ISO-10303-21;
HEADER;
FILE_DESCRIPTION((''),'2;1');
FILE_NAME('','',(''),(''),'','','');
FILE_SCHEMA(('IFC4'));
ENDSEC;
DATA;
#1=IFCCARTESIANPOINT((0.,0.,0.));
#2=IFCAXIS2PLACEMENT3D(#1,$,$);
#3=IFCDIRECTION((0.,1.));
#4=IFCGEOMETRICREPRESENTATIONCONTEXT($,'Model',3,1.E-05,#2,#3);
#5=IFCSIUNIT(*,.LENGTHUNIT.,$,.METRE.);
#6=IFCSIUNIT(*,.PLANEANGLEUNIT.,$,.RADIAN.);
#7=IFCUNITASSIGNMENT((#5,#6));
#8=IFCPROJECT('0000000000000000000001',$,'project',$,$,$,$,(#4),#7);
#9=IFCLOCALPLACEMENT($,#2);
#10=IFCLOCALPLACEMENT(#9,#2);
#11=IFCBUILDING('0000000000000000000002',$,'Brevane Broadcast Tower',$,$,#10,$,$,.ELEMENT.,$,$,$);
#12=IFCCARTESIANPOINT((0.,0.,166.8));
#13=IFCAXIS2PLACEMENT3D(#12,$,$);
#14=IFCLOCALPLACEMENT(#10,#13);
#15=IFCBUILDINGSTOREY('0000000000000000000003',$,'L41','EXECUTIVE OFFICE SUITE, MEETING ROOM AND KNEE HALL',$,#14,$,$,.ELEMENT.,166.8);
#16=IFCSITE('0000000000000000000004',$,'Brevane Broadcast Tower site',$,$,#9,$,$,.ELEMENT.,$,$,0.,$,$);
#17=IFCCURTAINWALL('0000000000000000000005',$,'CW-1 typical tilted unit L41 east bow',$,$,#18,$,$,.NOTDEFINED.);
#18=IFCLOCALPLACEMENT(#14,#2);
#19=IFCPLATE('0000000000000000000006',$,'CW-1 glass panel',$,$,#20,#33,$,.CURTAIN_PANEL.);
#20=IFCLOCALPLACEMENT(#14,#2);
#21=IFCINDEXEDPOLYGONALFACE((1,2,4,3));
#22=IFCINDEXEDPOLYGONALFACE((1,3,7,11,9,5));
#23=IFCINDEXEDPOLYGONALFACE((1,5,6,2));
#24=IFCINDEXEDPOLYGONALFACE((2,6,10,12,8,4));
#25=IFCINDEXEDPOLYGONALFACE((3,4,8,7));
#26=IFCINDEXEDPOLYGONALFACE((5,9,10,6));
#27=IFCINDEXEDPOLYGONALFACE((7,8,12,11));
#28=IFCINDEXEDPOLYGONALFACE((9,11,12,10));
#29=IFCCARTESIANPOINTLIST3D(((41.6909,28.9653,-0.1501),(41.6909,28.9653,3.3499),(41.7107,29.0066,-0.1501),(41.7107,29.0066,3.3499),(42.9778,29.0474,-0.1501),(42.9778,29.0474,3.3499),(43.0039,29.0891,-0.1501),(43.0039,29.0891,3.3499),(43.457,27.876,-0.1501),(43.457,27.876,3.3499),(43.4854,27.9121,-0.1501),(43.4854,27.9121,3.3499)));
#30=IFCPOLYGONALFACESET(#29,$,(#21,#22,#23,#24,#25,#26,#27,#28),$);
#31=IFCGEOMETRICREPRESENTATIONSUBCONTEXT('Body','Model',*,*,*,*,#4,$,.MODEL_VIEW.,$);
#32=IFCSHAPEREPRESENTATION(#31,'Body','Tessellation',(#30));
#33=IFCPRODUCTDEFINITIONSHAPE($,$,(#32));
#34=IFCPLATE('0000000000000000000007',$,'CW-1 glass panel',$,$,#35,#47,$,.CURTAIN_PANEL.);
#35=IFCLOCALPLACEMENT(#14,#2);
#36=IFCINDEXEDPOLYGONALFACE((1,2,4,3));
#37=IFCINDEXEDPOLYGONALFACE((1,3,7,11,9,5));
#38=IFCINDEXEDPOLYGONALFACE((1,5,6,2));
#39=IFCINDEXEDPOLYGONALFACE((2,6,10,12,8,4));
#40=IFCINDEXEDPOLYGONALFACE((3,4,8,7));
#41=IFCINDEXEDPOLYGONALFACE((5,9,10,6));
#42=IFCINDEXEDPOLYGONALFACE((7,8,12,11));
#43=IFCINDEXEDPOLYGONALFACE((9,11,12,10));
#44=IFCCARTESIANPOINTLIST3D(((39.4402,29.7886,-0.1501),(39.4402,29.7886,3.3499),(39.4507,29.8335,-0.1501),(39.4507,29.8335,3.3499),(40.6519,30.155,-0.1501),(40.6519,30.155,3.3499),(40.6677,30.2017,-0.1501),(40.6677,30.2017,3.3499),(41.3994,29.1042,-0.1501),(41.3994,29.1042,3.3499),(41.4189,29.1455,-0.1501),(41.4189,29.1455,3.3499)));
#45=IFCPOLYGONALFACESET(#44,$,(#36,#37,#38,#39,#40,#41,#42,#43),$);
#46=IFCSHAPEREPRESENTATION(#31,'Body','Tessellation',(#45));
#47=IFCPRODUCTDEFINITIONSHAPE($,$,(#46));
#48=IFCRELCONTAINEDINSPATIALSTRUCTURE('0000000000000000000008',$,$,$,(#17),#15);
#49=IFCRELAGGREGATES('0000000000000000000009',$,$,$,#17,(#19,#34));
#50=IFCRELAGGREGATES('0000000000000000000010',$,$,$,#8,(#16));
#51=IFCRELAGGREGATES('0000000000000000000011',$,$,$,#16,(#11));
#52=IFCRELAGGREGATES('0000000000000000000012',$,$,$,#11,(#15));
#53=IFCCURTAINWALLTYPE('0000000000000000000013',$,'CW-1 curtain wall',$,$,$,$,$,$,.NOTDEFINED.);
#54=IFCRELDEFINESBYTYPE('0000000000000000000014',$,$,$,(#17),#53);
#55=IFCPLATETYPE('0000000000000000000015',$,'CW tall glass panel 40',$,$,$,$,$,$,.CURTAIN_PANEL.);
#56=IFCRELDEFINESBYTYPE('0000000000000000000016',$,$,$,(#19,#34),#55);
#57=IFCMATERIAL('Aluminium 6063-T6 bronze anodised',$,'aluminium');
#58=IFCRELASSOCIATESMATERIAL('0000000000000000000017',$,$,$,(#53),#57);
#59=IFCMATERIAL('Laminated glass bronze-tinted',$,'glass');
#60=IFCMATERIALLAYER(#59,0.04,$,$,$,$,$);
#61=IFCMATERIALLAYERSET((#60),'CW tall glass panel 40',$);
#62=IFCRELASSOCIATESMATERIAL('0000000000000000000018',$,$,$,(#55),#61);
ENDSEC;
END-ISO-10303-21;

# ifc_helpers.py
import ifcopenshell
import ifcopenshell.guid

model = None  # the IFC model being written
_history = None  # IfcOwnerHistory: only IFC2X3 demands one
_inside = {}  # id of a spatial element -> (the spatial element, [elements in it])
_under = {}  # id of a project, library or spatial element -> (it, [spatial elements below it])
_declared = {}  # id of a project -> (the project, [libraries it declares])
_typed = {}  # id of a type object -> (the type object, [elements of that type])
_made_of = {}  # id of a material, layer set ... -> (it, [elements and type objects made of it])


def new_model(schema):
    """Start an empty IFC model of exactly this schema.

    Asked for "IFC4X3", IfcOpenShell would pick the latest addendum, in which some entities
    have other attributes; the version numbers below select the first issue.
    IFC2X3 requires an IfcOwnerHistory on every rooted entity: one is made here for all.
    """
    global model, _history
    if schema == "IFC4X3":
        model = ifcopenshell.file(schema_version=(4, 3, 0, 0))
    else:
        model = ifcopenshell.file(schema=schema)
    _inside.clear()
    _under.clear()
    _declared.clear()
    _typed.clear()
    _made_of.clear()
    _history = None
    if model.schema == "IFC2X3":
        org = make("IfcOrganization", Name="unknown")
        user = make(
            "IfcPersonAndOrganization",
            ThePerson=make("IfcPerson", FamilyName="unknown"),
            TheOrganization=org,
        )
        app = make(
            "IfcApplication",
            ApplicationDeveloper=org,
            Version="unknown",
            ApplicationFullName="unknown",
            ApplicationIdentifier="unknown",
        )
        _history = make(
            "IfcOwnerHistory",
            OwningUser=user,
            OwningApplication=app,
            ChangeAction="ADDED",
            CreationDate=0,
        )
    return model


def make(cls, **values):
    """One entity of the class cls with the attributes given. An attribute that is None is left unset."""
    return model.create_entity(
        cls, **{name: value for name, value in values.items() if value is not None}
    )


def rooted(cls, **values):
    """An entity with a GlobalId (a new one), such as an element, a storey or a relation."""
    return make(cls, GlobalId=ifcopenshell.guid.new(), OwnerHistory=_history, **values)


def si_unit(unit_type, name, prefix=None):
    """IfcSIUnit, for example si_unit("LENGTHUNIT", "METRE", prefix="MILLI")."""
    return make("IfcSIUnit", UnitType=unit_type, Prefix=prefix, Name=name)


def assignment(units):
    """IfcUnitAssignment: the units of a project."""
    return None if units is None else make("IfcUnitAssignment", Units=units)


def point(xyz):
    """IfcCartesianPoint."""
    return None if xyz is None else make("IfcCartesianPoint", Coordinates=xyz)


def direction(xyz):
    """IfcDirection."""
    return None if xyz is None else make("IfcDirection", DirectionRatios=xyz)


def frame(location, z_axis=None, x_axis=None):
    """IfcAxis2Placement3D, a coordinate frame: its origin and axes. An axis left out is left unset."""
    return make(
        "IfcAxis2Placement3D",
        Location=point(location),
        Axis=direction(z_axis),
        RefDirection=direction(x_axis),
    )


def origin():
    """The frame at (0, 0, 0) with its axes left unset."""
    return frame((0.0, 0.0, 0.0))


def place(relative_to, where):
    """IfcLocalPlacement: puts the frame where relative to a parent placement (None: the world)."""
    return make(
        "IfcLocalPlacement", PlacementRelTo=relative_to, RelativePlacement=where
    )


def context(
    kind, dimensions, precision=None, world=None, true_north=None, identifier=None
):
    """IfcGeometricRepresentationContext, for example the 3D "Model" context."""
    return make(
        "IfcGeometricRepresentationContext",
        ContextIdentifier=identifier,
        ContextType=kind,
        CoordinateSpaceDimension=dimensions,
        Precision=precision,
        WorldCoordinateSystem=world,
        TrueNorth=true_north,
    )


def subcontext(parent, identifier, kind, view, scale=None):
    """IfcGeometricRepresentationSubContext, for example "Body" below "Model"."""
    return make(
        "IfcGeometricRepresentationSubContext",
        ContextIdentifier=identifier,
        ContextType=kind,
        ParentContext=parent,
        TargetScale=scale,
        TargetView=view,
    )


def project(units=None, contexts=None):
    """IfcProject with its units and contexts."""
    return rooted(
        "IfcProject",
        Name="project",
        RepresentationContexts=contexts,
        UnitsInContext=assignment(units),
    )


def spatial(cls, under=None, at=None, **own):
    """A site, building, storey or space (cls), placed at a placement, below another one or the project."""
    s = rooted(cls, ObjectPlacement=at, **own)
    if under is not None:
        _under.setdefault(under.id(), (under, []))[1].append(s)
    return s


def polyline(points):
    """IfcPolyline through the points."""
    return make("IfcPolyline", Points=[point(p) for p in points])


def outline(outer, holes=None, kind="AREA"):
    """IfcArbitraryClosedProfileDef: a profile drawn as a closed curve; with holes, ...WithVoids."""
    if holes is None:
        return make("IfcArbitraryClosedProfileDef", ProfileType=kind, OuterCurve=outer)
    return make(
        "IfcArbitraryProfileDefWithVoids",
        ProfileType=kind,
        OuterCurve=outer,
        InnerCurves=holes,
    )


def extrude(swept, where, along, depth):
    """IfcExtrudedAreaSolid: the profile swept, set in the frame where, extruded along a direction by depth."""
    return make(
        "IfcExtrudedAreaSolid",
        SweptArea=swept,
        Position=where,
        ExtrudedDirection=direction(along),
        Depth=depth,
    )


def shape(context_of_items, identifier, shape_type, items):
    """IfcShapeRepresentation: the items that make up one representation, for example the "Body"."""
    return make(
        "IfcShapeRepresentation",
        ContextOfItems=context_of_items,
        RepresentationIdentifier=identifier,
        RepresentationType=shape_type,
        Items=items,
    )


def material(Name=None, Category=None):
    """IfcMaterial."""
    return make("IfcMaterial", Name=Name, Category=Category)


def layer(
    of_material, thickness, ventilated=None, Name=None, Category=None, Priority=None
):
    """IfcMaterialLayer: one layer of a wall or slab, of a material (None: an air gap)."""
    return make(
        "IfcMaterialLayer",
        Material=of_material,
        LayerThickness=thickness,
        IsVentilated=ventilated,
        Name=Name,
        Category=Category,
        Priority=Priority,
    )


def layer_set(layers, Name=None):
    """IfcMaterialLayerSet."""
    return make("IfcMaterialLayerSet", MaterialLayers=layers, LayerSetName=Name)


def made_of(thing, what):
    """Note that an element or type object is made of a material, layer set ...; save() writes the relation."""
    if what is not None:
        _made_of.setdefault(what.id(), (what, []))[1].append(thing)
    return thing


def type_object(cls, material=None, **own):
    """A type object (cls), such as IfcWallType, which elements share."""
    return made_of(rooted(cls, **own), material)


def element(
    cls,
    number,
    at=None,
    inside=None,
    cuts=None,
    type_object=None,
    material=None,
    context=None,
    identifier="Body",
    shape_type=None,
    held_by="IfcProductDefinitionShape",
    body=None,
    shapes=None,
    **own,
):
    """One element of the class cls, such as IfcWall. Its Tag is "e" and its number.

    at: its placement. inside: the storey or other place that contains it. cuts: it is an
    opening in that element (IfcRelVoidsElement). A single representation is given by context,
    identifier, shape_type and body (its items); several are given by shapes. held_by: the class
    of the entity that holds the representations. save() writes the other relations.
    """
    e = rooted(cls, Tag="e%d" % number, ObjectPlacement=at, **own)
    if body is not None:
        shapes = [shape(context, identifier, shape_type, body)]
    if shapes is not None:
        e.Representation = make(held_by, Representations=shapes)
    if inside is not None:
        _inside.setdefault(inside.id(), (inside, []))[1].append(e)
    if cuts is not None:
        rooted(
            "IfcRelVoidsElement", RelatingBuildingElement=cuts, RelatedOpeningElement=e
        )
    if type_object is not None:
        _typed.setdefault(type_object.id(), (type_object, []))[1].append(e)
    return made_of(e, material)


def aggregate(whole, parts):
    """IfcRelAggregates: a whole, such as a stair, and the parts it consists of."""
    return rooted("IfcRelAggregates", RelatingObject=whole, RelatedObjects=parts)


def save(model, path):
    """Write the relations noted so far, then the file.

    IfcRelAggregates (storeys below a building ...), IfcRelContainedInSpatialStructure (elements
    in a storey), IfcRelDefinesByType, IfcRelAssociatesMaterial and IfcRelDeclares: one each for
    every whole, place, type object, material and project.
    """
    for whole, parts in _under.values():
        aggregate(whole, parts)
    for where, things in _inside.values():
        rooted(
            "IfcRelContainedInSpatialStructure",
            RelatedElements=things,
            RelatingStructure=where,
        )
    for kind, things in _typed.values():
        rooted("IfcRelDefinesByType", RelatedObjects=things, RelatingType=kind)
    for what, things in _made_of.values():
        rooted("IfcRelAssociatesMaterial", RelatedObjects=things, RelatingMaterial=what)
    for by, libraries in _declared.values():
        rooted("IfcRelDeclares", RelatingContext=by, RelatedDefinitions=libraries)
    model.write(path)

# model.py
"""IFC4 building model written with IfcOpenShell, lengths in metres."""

from ifc_helpers import new_model, si_unit, direction, frame, origin, place, context, subcontext, project, spatial, polyline, outline, extrude, material, layer, layer_set, type_object, element, aggregate, save


model = new_model("IFC4")

# Units and contexts
model_context = context("Model", 3, precision=1e-05, world=origin(), true_north=direction((0.0, 1.0)))
body_context = subcontext(model_context, "Body", "Model", "MODEL_VIEW")
ifc_project = project(units=[si_unit("LENGTHUNIT", "METRE"), si_unit("PLANEANGLEUNIT", "RADIAN")], contexts=[model_context])

# Site, building, storey
site_placement = place(None, origin())
site = spatial("IfcSite", under=ifc_project, at=site_placement, Name="Brevane Broadcast Tower site", CompositionType="ELEMENT", RefElevation=0.0)
building_placement = place(site_placement, origin())
building = spatial("IfcBuilding", under=site, at=building_placement, Name="Brevane Broadcast Tower", CompositionType="ELEMENT")
storey_placement = place(building_placement, frame((0.0, 0.0, 166.8)))
storey = spatial("IfcBuildingStorey", under=building, at=storey_placement, Name="L41", Description="EXECUTIVE OFFICE SUITE, MEETING ROOM AND KNEE HALL", CompositionType="ELEMENT", Elevation=166.8)

# Curtain wall, plates
ifc_material_1 = material(Name="Aluminium 6063-T6 bronze anodised", Category="aluminium")
curtain_wall_type = type_object("IfcCurtainWallType", Name="CW-1 curtain wall", PredefinedType="NOTDEFINED", material=ifc_material_1)
ifc_material_2 = material(Name="Laminated glass bronze-tinted", Category="glass")
ifc_layer = layer(ifc_material_2, 0.04)
ifc_layer_set = layer_set([ifc_layer], Name="CW tall glass panel 40")
plate_type = type_object("IfcPlateType", Name="CW tall glass panel 40", PredefinedType="CURTAIN_PANEL", material=ifc_layer_set)
curtain_wall_1_placement = place(storey_placement, origin())
curtain_wall_1 = element("IfcCurtainWall", 1, at=curtain_wall_1_placement, inside=storey, type_object=curtain_wall_type, Name="CW-1 typical tilted unit L41 east bow", PredefinedType="NOTDEFINED")
plate_1_placement = place(storey_placement, frame((0.0, 0.0, -0.1501)))
plate_1 = element("IfcPlate", 2, at=plate_1_placement, type_object=plate_type, Name="CW-1 glass panel", PredefinedType="CURTAIN_PANEL", context=body_context, shape_type="SweptSolid", body=[
    extrude(outline(polyline([(43.457, 27.876), (43.4854, 27.9121), (43.0039, 29.0891), (41.7107, 29.0066), (41.6909, 28.9653), (42.9778, 29.0474), (43.457, 27.876)])), origin(), (0.0, 0.0, 1.0), 3.5),
])
plate_2_placement = place(storey_placement, frame((0.0, 0.0, -0.1501)))
plate_2 = element("IfcPlate", 3, at=plate_2_placement, type_object=plate_type, Name="CW-1 glass panel", PredefinedType="CURTAIN_PANEL", context=body_context, shape_type="SweptSolid", body=[
    extrude(outline(polyline([(41.3994, 29.1042), (41.4189, 29.1455), (40.6677, 30.2017), (39.4507, 29.8335), (39.4402, 29.7886), (40.6519, 30.155), (41.3994, 29.1042)])), origin(), (0.0, 0.0, 1.0), 3.5),
])
aggregate(curtain_wall_1, [plate_1, plate_2])

save(model, "model.ifc")
